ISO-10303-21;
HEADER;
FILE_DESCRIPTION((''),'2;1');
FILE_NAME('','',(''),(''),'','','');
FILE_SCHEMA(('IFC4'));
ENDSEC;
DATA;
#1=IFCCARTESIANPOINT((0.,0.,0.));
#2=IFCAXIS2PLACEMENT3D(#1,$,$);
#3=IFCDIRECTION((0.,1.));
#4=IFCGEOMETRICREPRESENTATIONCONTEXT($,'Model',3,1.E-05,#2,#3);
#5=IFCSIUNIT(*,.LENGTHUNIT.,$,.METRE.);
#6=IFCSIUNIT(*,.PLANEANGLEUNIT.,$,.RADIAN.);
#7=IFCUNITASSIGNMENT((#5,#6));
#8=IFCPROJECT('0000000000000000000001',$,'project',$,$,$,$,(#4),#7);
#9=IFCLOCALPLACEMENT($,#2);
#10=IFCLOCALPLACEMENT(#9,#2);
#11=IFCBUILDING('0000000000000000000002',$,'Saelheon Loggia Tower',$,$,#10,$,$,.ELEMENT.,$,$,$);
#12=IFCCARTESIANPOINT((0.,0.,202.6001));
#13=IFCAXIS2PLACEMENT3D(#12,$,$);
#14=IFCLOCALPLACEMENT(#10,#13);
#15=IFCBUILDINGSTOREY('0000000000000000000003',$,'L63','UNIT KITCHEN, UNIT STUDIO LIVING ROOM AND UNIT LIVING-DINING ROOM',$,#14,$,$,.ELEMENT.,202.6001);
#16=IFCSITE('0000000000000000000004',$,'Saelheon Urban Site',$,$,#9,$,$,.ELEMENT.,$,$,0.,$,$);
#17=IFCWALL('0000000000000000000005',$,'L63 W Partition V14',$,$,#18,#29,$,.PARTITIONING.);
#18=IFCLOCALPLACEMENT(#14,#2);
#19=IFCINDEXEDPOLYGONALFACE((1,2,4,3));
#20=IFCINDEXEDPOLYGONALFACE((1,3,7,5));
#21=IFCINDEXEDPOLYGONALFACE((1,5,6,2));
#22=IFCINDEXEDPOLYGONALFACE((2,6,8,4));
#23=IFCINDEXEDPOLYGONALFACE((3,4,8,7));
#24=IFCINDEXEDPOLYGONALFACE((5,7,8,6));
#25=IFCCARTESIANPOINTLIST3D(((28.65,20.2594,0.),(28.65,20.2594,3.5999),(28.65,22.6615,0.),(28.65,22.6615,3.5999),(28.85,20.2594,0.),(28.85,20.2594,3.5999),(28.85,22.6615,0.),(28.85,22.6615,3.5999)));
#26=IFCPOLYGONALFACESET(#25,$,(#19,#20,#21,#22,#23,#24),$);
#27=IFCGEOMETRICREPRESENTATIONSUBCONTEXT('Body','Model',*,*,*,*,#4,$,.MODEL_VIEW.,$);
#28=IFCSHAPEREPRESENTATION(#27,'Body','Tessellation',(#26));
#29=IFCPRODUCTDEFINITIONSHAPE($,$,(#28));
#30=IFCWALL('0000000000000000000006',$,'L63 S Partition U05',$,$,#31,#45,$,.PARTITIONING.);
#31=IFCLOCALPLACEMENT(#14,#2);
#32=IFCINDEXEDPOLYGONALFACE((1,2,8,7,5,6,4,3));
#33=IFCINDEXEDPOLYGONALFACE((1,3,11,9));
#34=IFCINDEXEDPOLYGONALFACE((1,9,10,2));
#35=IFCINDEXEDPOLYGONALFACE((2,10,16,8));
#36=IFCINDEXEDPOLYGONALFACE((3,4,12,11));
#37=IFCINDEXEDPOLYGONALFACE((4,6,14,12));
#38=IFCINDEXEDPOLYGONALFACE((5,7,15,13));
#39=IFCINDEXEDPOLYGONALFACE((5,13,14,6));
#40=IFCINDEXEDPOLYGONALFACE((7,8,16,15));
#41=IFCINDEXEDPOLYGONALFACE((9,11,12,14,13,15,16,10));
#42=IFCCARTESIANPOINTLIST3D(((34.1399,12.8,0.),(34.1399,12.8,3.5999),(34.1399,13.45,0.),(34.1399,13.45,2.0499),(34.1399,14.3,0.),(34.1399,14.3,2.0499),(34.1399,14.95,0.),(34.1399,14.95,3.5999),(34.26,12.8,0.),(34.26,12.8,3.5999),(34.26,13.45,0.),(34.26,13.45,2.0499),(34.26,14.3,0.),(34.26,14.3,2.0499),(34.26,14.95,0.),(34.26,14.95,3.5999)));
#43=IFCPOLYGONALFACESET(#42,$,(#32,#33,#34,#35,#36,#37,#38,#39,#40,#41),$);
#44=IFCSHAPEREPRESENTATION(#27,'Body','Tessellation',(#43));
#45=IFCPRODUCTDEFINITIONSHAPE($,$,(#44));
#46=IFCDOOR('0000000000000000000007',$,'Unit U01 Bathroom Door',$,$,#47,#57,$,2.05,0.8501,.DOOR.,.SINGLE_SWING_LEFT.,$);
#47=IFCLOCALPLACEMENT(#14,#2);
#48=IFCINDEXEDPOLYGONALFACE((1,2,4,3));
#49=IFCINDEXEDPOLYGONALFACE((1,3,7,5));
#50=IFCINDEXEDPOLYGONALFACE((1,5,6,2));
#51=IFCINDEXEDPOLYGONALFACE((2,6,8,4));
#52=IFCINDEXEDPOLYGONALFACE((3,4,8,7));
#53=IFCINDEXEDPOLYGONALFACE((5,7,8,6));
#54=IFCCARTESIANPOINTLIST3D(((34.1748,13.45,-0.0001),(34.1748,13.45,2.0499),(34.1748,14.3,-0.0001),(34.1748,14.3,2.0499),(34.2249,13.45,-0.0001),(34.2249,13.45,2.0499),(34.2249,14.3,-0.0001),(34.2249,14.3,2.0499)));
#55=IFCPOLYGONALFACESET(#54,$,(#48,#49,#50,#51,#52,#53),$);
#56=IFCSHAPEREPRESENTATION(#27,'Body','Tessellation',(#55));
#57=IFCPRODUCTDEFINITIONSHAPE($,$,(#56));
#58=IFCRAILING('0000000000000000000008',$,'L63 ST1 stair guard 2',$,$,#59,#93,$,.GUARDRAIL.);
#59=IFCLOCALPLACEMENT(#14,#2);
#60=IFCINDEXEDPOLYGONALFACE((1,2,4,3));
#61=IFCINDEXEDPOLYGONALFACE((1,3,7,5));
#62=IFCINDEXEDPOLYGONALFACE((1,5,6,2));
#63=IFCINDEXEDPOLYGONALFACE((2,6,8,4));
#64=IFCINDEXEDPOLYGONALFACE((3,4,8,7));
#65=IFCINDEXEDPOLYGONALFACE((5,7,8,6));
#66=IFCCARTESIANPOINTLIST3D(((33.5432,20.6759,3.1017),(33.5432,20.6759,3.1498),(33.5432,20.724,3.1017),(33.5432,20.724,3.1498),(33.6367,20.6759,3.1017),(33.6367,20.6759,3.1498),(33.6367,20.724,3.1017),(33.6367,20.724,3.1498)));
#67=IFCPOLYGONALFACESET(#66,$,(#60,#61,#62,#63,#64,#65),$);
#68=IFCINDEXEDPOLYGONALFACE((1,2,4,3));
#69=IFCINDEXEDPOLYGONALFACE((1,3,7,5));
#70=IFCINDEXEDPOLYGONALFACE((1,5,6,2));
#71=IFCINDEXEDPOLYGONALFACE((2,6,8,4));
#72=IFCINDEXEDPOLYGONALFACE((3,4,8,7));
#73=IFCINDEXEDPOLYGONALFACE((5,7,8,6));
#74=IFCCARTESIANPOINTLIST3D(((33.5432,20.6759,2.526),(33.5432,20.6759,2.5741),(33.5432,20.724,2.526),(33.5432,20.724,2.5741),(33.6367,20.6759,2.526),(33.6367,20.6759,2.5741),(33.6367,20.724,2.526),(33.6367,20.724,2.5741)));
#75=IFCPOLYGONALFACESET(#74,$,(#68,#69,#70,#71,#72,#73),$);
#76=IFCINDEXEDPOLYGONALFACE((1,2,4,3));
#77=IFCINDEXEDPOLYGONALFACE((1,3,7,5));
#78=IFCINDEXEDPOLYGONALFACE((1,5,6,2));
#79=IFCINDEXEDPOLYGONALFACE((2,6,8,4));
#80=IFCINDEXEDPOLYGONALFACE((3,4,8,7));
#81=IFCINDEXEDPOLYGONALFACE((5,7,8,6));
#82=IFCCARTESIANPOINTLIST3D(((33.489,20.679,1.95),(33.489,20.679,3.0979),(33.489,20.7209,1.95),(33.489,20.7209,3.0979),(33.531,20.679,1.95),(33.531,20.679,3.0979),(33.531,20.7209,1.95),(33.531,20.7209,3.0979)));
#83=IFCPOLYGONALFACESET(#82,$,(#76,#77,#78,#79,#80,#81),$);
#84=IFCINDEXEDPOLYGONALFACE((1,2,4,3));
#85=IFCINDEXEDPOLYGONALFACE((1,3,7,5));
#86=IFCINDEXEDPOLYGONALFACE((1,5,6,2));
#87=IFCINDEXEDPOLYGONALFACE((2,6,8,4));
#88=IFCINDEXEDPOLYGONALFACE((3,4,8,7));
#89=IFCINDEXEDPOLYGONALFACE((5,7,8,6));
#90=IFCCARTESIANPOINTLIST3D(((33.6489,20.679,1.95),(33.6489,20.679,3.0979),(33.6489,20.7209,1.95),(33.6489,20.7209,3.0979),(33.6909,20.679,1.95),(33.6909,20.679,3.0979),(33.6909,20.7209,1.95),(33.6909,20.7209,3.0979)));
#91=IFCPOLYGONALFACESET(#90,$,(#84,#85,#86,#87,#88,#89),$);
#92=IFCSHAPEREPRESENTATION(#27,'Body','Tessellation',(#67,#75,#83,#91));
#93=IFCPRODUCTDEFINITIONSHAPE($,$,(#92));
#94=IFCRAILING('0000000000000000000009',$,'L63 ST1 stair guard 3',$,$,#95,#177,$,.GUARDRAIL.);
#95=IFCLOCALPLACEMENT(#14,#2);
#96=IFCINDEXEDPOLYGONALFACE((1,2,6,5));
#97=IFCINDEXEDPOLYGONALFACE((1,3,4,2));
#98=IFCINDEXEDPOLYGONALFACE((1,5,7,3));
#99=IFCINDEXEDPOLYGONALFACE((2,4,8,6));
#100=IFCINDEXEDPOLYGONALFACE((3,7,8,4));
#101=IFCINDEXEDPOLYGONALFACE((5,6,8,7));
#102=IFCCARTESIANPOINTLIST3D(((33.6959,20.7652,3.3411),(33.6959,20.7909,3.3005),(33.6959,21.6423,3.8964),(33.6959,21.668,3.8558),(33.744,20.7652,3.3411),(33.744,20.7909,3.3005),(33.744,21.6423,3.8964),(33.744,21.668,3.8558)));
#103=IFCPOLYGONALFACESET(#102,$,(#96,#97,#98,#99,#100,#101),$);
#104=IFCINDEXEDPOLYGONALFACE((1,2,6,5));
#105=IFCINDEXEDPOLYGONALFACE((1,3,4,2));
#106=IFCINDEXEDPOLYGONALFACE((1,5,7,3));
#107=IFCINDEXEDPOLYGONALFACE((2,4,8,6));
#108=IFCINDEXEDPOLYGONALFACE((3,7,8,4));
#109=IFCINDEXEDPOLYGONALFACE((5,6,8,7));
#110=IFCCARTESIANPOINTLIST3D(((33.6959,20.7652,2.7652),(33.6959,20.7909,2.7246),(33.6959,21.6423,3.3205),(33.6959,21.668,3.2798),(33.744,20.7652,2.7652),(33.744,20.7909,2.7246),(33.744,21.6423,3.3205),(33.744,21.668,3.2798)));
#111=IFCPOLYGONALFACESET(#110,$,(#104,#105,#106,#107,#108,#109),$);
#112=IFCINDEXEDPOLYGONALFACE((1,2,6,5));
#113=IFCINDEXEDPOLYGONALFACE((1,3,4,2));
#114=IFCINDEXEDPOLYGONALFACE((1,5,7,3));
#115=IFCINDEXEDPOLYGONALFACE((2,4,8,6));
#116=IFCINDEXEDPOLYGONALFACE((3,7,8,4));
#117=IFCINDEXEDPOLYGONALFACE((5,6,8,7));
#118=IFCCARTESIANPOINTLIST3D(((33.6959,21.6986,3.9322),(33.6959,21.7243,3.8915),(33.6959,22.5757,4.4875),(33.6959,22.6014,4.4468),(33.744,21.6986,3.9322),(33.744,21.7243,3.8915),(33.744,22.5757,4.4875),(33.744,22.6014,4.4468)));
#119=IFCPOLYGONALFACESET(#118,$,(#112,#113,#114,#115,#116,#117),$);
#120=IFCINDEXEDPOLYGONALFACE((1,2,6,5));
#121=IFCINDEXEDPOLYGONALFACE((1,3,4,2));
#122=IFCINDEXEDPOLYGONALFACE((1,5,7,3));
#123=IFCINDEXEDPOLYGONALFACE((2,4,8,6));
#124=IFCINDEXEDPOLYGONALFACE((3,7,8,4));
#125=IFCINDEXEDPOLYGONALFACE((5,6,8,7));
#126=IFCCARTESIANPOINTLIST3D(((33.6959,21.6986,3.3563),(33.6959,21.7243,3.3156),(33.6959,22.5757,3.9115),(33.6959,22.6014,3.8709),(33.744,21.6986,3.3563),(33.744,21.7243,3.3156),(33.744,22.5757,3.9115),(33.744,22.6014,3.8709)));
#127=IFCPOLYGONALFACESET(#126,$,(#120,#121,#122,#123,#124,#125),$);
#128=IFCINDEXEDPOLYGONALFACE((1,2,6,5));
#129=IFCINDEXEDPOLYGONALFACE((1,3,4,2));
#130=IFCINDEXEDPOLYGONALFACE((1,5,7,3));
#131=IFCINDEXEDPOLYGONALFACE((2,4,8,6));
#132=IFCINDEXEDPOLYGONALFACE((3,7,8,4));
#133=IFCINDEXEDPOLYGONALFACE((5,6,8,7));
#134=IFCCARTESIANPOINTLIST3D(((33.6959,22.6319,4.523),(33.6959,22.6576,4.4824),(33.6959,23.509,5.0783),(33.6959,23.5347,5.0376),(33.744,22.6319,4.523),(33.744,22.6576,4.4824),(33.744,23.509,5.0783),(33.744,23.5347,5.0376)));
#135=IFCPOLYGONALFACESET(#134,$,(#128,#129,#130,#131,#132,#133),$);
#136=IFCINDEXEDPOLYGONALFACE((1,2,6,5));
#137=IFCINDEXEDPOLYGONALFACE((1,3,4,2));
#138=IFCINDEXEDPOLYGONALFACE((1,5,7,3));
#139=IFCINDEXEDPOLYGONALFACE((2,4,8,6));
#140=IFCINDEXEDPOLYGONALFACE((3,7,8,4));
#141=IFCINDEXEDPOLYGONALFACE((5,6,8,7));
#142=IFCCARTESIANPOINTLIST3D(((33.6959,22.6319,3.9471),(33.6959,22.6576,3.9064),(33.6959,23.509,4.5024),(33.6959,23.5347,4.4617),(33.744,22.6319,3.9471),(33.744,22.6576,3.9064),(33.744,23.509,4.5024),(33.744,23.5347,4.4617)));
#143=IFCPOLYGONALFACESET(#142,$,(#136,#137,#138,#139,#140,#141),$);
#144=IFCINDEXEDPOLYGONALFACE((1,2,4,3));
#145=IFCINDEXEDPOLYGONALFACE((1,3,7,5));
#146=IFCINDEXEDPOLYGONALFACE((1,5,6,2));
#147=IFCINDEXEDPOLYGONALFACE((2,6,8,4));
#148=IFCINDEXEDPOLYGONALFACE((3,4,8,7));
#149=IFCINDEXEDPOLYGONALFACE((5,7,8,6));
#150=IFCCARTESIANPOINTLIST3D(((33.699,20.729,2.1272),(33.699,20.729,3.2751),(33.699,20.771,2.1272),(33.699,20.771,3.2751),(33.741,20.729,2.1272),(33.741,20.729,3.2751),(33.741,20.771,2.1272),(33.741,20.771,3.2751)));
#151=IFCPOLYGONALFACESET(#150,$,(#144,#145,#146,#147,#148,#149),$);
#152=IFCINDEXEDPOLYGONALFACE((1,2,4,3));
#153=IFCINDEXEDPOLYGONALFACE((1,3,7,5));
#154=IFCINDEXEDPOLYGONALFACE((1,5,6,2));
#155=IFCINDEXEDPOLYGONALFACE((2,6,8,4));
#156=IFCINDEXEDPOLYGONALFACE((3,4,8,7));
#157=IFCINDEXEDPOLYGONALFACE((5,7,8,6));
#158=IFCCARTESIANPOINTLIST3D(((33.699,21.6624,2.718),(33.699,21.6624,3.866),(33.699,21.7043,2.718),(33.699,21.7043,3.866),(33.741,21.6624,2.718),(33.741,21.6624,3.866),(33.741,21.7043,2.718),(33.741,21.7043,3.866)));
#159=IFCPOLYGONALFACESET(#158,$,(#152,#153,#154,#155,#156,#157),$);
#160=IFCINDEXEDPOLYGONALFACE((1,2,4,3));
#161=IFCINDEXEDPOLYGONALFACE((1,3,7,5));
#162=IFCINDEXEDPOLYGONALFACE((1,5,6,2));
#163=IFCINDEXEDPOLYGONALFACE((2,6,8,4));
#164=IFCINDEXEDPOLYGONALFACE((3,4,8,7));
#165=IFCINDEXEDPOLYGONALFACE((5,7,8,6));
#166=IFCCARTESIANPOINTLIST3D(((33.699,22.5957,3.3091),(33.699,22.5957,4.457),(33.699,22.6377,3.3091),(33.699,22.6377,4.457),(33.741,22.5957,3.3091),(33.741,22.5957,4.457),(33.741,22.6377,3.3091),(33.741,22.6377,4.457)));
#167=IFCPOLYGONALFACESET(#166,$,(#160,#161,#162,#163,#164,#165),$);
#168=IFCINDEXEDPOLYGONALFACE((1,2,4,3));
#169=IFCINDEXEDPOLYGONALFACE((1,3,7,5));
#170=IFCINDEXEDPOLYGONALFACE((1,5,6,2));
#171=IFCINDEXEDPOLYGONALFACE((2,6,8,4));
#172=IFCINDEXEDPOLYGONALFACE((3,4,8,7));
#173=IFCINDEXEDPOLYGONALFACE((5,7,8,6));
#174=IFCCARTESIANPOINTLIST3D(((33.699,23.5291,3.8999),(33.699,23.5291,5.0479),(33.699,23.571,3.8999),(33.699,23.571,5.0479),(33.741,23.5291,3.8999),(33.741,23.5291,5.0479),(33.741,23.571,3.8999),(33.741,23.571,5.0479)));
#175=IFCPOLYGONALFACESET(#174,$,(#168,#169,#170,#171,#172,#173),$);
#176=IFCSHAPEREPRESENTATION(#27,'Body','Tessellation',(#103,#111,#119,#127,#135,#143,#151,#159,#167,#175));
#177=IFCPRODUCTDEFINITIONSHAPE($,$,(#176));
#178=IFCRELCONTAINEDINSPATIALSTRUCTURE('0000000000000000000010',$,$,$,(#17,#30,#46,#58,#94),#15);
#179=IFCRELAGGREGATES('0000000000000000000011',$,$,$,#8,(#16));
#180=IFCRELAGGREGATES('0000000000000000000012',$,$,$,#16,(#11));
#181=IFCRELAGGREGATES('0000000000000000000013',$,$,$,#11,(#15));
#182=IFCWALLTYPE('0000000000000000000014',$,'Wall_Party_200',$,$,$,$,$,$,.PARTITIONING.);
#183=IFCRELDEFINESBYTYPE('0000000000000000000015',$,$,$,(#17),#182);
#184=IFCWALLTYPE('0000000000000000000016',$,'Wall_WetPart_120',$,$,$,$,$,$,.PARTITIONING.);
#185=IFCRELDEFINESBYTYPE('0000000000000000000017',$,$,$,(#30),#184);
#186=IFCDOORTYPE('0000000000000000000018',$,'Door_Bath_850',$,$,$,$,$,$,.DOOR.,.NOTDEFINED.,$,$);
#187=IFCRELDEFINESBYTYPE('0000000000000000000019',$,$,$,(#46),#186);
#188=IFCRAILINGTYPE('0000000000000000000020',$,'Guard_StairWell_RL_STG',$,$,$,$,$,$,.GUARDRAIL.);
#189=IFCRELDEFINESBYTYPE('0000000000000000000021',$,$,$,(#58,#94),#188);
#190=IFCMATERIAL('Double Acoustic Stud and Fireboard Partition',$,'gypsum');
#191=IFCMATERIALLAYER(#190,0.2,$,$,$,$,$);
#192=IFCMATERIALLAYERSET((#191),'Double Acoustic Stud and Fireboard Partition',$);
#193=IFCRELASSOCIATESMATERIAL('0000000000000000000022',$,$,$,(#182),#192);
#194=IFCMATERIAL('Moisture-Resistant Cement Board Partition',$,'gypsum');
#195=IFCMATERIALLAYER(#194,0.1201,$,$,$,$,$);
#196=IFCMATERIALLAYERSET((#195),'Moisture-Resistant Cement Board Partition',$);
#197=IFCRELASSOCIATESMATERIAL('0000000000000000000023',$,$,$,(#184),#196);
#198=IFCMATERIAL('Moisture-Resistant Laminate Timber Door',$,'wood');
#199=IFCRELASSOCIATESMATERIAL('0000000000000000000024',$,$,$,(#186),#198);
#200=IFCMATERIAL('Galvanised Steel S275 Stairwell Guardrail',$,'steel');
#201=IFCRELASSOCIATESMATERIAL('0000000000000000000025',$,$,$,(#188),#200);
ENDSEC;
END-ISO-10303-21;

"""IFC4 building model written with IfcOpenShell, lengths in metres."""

from ifc_helpers import new_model, si_unit, direction, frame, frame_2d, origin, origin_2d, place, context, subcontext, project, spatial, rectangle, extrude, source, transform, mapped, material, layer, layer_set, type_object, element, fill, save


model = new_model("IFC4")

# Units and contexts
model_context = context("Model", 3, precision=1e-05, world=origin(), true_north=direction((0.0, 1.0)))
body_context = subcontext(model_context, "Body", "Model", "MODEL_VIEW")
ifc_project = project(units=[si_unit("LENGTHUNIT", "METRE"), si_unit("PLANEANGLEUNIT", "RADIAN")], contexts=[model_context])

# Site, building, storey
site_placement = place(None, origin())
site = spatial("IfcSite", under=ifc_project, at=site_placement, Name="Saelheon Urban Site", CompositionType="ELEMENT", RefElevation=0.0)
building_placement = place(site_placement, origin())
building = spatial("IfcBuilding", under=site, at=building_placement, Name="Saelheon Loggia Tower", CompositionType="ELEMENT")
storey_placement = place(building_placement, frame((0.0, 0.0, 202.6001)))
storey = spatial("IfcBuildingStorey", under=building, at=storey_placement, Name="L63", Description="UNIT KITCHEN, UNIT STUDIO LIVING ROOM AND UNIT LIVING-DINING ROOM", CompositionType="ELEMENT", Elevation=202.6001)

# Shared definitions
ifc_material_1 = material(Name="Double Acoustic Stud and Fireboard Partition", Category="gypsum")
ifc_layer_1 = layer(ifc_material_1, 0.2)
ifc_layer_set_1 = layer_set([ifc_layer_1], Name="Double Acoustic Stud and Fireboard Partition")
wall_type_1 = type_object("IfcWallType", Name="Wall_Party_200", PredefinedType="PARTITIONING", material=ifc_layer_set_1)

# Wall
wall_1_placement = place(storey_placement, frame((28.75, 20.2593, 0.0), z_axis=(0.0, 0.0, 1.0), x_axis=(0.0, 1.0, 0.0)))
element("IfcWall", 1, at=wall_1_placement, inside=storey, type_object=wall_type_1, Name="L63 W Partition V14", PredefinedType="PARTITIONING", context=body_context, shape_type="SweptSolid", body=[
    extrude(rectangle(XDim=2.4021, YDim=0.2, at=frame_2d((1.2012, 0.0))), origin(), (0.0, 0.0, 1.0), 3.5999),
])

# Wall, opening, door
ifc_material_2 = material(Name="Moisture-Resistant Cement Board Partition", Category="gypsum")
ifc_layer_2 = layer(ifc_material_2, 0.1201)
ifc_layer_set_2 = layer_set([ifc_layer_2], Name="Moisture-Resistant Cement Board Partition")
wall_type_2 = type_object("IfcWallType", Name="Wall_WetPart_120", PredefinedType="PARTITIONING", material=ifc_layer_set_2)
wall_2_placement = place(storey_placement, frame((34.2, 14.95, 0.0), z_axis=(0.0, 0.0, 1.0), x_axis=(0.0, -1.0, 0.0)))
wall_2 = element("IfcWall", 2, at=wall_2_placement, inside=storey, type_object=wall_type_2, Name="L63 S Partition U05", PredefinedType="PARTITIONING", context=body_context, shape_type="SweptSolid", body=[
    extrude(rectangle(XDim=2.1499, YDim=0.1201, at=frame_2d((1.075, 0.0))), origin(), (0.0, 0.0, 1.0), 3.5999),
])
opening_1_placement = place(wall_2_placement, frame((0.6499, 0.0, 0.0)))
opening_1 = element("IfcOpeningElement", 3, at=opening_1_placement, cuts=wall_2, PredefinedType="OPENING", context=body_context, shape_type="SweptSolid", body=[
    extrude(rectangle(XDim=0.8501, YDim=2.05, at=frame_2d((0.425, 1.0249))), frame((0.0, 0.072, 0.0), z_axis=(0.0, -1.0, 0.0), x_axis=(1.0, 0.0, 0.0)), (0.0, 0.0, 1.0), 0.144),
])
ifc_material_3 = material(Name="Moisture-Resistant Laminate Timber Door", Category="wood")
door_type_1 = type_object("IfcDoorType", Name="Door_Bath_850", OperationType="NOTDEFINED", PredefinedType="DOOR", material=ifc_material_3)
shared_shape_1 = source(origin(), body_context, "Body", "SweptSolid", [
    extrude(rectangle(XDim=0.8501, YDim=2.05, at=frame_2d((0.425, 1.0249))), frame((0.0, 0.0249, 0.0), z_axis=(0.0, -1.0, 0.0), x_axis=(1.0, 0.0, 0.0)), (0.0, 0.0, 1.0), 0.05),
])
door_1_placement = place(opening_1_placement, origin())
door_1 = element("IfcDoor", 4, at=door_1_placement, inside=storey, type_object=door_type_1, Name="Unit U01 Bathroom Door", OperationType="SINGLE_SWING_LEFT", OverallHeight=2.05, OverallWidth=0.8501, PredefinedType="DOOR", context=body_context, shape_type="MappedRepresentation", body=[
    mapped(shared_shape_1, transform((0.0, 0.0, 0.0), scale=1.0)),
])
fill(opening_1, door_1)

# Railings
ifc_material_4 = material(Name="Galvanised Steel S275 Stairwell Guardrail", Category="steel")
railing_type = type_object("IfcRailingType", Name="Guard_StairWell_RL_STG", PredefinedType="GUARDRAIL", material=ifc_material_4)
railing_1_placement = place(storey_placement, frame((33.51, 20.7, 1.95)))
element("IfcRailing", 5, at=railing_1_placement, inside=storey, type_object=railing_type, Name="L63 ST1 stair guard 2", PredefinedType="GUARDRAIL", context=body_context, shape_type="SweptSolid", body=[
    extrude(rectangle(XDim=0.0481, YDim=0.0481, at=origin_2d()), frame((0.0332, 0.0, 1.1758), z_axis=(1.0, 0.0, 0.0), x_axis=(0.0, 1.0, 0.0)), (0.0, 0.0, 1.0), 0.0935),
    extrude(rectangle(XDim=0.0481, YDim=0.0481, at=origin_2d()), frame((0.0332, 0.0, 0.6001), z_axis=(1.0, 0.0, 0.0), x_axis=(0.0, 1.0, 0.0)), (0.0, 0.0, 1.0), 0.0935),
    extrude(rectangle(XDim=0.042, YDim=0.042, at=origin_2d()), origin(), (0.0, 0.0, 1.0), 1.1479),
    extrude(rectangle(XDim=0.042, YDim=0.042, at=origin_2d()), frame((0.1599, 0.0, 0.0)), (0.0, 0.0, 1.0), 1.1479),
])
railing_2_placement = place(storey_placement, frame((33.72, 20.75, 2.1272)))
element("IfcRailing", 6, at=railing_2_placement, inside=storey, type_object=railing_type, Name="L63 ST1 stair guard 3", PredefinedType="GUARDRAIL", context=body_context, shape_type="SweptSolid", body=[
    extrude(rectangle(XDim=0.0481, YDim=0.0481, at=origin_2d()), frame((0.0, 0.0281, 1.1936), z_axis=(0.0, 0.844909, 0.53491), x_axis=(-1.0, 0.0, 0.0)), (0.0, 0.0, 1.0), 1.0381),
    extrude(rectangle(XDim=0.0481, YDim=0.0481, at=origin_2d()), frame((0.0, 0.0281, 0.6177), z_axis=(0.0, 0.844909, 0.53491), x_axis=(-1.0, 0.0, 0.0)), (0.0, 0.0, 1.0), 1.0381),
    extrude(rectangle(XDim=0.0481, YDim=0.0481, at=origin_2d()), frame((0.0, 0.9614, 1.7847), z_axis=(0.0, 0.844909, 0.53491), x_axis=(-1.0, 0.0, 0.0)), (0.0, 0.0, 1.0), 1.0381),
    extrude(rectangle(XDim=0.0481, YDim=0.0481, at=origin_2d()), frame((0.0, 0.9614, 1.2087), z_axis=(0.0, 0.844909, 0.53491), x_axis=(-1.0, 0.0, 0.0)), (0.0, 0.0, 1.0), 1.0381),
    extrude(rectangle(XDim=0.0481, YDim=0.0481, at=origin_2d()), frame((0.0, 1.8948, 2.3755), z_axis=(0.0, 0.844909, 0.53491), x_axis=(-1.0, 0.0, 0.0)), (0.0, 0.0, 1.0), 1.0381),
    extrude(rectangle(XDim=0.0481, YDim=0.0481, at=origin_2d()), frame((0.0, 1.8948, 1.7996), z_axis=(0.0, 0.844909, 0.53491), x_axis=(-1.0, 0.0, 0.0)), (0.0, 0.0, 1.0), 1.0381),
    extrude(rectangle(XDim=0.042, YDim=0.042, at=origin_2d()), origin(), (0.0, 0.0, 1.0), 1.1479),
    extrude(rectangle(XDim=0.042, YDim=0.042, at=origin_2d()), frame((0.0, 0.9333, 0.5908)), (0.0, 0.0, 1.0), 1.1479),
    extrude(rectangle(XDim=0.042, YDim=0.042, at=origin_2d()), frame((0.0, 1.8667, 1.1819)), (0.0, 0.0, 1.0), 1.1479),
    extrude(rectangle(XDim=0.042, YDim=0.042, at=origin_2d()), frame((0.0, 2.8, 1.7727)), (0.0, 0.0, 1.0), 1.1479),
])

save(model, "model.ifc")
